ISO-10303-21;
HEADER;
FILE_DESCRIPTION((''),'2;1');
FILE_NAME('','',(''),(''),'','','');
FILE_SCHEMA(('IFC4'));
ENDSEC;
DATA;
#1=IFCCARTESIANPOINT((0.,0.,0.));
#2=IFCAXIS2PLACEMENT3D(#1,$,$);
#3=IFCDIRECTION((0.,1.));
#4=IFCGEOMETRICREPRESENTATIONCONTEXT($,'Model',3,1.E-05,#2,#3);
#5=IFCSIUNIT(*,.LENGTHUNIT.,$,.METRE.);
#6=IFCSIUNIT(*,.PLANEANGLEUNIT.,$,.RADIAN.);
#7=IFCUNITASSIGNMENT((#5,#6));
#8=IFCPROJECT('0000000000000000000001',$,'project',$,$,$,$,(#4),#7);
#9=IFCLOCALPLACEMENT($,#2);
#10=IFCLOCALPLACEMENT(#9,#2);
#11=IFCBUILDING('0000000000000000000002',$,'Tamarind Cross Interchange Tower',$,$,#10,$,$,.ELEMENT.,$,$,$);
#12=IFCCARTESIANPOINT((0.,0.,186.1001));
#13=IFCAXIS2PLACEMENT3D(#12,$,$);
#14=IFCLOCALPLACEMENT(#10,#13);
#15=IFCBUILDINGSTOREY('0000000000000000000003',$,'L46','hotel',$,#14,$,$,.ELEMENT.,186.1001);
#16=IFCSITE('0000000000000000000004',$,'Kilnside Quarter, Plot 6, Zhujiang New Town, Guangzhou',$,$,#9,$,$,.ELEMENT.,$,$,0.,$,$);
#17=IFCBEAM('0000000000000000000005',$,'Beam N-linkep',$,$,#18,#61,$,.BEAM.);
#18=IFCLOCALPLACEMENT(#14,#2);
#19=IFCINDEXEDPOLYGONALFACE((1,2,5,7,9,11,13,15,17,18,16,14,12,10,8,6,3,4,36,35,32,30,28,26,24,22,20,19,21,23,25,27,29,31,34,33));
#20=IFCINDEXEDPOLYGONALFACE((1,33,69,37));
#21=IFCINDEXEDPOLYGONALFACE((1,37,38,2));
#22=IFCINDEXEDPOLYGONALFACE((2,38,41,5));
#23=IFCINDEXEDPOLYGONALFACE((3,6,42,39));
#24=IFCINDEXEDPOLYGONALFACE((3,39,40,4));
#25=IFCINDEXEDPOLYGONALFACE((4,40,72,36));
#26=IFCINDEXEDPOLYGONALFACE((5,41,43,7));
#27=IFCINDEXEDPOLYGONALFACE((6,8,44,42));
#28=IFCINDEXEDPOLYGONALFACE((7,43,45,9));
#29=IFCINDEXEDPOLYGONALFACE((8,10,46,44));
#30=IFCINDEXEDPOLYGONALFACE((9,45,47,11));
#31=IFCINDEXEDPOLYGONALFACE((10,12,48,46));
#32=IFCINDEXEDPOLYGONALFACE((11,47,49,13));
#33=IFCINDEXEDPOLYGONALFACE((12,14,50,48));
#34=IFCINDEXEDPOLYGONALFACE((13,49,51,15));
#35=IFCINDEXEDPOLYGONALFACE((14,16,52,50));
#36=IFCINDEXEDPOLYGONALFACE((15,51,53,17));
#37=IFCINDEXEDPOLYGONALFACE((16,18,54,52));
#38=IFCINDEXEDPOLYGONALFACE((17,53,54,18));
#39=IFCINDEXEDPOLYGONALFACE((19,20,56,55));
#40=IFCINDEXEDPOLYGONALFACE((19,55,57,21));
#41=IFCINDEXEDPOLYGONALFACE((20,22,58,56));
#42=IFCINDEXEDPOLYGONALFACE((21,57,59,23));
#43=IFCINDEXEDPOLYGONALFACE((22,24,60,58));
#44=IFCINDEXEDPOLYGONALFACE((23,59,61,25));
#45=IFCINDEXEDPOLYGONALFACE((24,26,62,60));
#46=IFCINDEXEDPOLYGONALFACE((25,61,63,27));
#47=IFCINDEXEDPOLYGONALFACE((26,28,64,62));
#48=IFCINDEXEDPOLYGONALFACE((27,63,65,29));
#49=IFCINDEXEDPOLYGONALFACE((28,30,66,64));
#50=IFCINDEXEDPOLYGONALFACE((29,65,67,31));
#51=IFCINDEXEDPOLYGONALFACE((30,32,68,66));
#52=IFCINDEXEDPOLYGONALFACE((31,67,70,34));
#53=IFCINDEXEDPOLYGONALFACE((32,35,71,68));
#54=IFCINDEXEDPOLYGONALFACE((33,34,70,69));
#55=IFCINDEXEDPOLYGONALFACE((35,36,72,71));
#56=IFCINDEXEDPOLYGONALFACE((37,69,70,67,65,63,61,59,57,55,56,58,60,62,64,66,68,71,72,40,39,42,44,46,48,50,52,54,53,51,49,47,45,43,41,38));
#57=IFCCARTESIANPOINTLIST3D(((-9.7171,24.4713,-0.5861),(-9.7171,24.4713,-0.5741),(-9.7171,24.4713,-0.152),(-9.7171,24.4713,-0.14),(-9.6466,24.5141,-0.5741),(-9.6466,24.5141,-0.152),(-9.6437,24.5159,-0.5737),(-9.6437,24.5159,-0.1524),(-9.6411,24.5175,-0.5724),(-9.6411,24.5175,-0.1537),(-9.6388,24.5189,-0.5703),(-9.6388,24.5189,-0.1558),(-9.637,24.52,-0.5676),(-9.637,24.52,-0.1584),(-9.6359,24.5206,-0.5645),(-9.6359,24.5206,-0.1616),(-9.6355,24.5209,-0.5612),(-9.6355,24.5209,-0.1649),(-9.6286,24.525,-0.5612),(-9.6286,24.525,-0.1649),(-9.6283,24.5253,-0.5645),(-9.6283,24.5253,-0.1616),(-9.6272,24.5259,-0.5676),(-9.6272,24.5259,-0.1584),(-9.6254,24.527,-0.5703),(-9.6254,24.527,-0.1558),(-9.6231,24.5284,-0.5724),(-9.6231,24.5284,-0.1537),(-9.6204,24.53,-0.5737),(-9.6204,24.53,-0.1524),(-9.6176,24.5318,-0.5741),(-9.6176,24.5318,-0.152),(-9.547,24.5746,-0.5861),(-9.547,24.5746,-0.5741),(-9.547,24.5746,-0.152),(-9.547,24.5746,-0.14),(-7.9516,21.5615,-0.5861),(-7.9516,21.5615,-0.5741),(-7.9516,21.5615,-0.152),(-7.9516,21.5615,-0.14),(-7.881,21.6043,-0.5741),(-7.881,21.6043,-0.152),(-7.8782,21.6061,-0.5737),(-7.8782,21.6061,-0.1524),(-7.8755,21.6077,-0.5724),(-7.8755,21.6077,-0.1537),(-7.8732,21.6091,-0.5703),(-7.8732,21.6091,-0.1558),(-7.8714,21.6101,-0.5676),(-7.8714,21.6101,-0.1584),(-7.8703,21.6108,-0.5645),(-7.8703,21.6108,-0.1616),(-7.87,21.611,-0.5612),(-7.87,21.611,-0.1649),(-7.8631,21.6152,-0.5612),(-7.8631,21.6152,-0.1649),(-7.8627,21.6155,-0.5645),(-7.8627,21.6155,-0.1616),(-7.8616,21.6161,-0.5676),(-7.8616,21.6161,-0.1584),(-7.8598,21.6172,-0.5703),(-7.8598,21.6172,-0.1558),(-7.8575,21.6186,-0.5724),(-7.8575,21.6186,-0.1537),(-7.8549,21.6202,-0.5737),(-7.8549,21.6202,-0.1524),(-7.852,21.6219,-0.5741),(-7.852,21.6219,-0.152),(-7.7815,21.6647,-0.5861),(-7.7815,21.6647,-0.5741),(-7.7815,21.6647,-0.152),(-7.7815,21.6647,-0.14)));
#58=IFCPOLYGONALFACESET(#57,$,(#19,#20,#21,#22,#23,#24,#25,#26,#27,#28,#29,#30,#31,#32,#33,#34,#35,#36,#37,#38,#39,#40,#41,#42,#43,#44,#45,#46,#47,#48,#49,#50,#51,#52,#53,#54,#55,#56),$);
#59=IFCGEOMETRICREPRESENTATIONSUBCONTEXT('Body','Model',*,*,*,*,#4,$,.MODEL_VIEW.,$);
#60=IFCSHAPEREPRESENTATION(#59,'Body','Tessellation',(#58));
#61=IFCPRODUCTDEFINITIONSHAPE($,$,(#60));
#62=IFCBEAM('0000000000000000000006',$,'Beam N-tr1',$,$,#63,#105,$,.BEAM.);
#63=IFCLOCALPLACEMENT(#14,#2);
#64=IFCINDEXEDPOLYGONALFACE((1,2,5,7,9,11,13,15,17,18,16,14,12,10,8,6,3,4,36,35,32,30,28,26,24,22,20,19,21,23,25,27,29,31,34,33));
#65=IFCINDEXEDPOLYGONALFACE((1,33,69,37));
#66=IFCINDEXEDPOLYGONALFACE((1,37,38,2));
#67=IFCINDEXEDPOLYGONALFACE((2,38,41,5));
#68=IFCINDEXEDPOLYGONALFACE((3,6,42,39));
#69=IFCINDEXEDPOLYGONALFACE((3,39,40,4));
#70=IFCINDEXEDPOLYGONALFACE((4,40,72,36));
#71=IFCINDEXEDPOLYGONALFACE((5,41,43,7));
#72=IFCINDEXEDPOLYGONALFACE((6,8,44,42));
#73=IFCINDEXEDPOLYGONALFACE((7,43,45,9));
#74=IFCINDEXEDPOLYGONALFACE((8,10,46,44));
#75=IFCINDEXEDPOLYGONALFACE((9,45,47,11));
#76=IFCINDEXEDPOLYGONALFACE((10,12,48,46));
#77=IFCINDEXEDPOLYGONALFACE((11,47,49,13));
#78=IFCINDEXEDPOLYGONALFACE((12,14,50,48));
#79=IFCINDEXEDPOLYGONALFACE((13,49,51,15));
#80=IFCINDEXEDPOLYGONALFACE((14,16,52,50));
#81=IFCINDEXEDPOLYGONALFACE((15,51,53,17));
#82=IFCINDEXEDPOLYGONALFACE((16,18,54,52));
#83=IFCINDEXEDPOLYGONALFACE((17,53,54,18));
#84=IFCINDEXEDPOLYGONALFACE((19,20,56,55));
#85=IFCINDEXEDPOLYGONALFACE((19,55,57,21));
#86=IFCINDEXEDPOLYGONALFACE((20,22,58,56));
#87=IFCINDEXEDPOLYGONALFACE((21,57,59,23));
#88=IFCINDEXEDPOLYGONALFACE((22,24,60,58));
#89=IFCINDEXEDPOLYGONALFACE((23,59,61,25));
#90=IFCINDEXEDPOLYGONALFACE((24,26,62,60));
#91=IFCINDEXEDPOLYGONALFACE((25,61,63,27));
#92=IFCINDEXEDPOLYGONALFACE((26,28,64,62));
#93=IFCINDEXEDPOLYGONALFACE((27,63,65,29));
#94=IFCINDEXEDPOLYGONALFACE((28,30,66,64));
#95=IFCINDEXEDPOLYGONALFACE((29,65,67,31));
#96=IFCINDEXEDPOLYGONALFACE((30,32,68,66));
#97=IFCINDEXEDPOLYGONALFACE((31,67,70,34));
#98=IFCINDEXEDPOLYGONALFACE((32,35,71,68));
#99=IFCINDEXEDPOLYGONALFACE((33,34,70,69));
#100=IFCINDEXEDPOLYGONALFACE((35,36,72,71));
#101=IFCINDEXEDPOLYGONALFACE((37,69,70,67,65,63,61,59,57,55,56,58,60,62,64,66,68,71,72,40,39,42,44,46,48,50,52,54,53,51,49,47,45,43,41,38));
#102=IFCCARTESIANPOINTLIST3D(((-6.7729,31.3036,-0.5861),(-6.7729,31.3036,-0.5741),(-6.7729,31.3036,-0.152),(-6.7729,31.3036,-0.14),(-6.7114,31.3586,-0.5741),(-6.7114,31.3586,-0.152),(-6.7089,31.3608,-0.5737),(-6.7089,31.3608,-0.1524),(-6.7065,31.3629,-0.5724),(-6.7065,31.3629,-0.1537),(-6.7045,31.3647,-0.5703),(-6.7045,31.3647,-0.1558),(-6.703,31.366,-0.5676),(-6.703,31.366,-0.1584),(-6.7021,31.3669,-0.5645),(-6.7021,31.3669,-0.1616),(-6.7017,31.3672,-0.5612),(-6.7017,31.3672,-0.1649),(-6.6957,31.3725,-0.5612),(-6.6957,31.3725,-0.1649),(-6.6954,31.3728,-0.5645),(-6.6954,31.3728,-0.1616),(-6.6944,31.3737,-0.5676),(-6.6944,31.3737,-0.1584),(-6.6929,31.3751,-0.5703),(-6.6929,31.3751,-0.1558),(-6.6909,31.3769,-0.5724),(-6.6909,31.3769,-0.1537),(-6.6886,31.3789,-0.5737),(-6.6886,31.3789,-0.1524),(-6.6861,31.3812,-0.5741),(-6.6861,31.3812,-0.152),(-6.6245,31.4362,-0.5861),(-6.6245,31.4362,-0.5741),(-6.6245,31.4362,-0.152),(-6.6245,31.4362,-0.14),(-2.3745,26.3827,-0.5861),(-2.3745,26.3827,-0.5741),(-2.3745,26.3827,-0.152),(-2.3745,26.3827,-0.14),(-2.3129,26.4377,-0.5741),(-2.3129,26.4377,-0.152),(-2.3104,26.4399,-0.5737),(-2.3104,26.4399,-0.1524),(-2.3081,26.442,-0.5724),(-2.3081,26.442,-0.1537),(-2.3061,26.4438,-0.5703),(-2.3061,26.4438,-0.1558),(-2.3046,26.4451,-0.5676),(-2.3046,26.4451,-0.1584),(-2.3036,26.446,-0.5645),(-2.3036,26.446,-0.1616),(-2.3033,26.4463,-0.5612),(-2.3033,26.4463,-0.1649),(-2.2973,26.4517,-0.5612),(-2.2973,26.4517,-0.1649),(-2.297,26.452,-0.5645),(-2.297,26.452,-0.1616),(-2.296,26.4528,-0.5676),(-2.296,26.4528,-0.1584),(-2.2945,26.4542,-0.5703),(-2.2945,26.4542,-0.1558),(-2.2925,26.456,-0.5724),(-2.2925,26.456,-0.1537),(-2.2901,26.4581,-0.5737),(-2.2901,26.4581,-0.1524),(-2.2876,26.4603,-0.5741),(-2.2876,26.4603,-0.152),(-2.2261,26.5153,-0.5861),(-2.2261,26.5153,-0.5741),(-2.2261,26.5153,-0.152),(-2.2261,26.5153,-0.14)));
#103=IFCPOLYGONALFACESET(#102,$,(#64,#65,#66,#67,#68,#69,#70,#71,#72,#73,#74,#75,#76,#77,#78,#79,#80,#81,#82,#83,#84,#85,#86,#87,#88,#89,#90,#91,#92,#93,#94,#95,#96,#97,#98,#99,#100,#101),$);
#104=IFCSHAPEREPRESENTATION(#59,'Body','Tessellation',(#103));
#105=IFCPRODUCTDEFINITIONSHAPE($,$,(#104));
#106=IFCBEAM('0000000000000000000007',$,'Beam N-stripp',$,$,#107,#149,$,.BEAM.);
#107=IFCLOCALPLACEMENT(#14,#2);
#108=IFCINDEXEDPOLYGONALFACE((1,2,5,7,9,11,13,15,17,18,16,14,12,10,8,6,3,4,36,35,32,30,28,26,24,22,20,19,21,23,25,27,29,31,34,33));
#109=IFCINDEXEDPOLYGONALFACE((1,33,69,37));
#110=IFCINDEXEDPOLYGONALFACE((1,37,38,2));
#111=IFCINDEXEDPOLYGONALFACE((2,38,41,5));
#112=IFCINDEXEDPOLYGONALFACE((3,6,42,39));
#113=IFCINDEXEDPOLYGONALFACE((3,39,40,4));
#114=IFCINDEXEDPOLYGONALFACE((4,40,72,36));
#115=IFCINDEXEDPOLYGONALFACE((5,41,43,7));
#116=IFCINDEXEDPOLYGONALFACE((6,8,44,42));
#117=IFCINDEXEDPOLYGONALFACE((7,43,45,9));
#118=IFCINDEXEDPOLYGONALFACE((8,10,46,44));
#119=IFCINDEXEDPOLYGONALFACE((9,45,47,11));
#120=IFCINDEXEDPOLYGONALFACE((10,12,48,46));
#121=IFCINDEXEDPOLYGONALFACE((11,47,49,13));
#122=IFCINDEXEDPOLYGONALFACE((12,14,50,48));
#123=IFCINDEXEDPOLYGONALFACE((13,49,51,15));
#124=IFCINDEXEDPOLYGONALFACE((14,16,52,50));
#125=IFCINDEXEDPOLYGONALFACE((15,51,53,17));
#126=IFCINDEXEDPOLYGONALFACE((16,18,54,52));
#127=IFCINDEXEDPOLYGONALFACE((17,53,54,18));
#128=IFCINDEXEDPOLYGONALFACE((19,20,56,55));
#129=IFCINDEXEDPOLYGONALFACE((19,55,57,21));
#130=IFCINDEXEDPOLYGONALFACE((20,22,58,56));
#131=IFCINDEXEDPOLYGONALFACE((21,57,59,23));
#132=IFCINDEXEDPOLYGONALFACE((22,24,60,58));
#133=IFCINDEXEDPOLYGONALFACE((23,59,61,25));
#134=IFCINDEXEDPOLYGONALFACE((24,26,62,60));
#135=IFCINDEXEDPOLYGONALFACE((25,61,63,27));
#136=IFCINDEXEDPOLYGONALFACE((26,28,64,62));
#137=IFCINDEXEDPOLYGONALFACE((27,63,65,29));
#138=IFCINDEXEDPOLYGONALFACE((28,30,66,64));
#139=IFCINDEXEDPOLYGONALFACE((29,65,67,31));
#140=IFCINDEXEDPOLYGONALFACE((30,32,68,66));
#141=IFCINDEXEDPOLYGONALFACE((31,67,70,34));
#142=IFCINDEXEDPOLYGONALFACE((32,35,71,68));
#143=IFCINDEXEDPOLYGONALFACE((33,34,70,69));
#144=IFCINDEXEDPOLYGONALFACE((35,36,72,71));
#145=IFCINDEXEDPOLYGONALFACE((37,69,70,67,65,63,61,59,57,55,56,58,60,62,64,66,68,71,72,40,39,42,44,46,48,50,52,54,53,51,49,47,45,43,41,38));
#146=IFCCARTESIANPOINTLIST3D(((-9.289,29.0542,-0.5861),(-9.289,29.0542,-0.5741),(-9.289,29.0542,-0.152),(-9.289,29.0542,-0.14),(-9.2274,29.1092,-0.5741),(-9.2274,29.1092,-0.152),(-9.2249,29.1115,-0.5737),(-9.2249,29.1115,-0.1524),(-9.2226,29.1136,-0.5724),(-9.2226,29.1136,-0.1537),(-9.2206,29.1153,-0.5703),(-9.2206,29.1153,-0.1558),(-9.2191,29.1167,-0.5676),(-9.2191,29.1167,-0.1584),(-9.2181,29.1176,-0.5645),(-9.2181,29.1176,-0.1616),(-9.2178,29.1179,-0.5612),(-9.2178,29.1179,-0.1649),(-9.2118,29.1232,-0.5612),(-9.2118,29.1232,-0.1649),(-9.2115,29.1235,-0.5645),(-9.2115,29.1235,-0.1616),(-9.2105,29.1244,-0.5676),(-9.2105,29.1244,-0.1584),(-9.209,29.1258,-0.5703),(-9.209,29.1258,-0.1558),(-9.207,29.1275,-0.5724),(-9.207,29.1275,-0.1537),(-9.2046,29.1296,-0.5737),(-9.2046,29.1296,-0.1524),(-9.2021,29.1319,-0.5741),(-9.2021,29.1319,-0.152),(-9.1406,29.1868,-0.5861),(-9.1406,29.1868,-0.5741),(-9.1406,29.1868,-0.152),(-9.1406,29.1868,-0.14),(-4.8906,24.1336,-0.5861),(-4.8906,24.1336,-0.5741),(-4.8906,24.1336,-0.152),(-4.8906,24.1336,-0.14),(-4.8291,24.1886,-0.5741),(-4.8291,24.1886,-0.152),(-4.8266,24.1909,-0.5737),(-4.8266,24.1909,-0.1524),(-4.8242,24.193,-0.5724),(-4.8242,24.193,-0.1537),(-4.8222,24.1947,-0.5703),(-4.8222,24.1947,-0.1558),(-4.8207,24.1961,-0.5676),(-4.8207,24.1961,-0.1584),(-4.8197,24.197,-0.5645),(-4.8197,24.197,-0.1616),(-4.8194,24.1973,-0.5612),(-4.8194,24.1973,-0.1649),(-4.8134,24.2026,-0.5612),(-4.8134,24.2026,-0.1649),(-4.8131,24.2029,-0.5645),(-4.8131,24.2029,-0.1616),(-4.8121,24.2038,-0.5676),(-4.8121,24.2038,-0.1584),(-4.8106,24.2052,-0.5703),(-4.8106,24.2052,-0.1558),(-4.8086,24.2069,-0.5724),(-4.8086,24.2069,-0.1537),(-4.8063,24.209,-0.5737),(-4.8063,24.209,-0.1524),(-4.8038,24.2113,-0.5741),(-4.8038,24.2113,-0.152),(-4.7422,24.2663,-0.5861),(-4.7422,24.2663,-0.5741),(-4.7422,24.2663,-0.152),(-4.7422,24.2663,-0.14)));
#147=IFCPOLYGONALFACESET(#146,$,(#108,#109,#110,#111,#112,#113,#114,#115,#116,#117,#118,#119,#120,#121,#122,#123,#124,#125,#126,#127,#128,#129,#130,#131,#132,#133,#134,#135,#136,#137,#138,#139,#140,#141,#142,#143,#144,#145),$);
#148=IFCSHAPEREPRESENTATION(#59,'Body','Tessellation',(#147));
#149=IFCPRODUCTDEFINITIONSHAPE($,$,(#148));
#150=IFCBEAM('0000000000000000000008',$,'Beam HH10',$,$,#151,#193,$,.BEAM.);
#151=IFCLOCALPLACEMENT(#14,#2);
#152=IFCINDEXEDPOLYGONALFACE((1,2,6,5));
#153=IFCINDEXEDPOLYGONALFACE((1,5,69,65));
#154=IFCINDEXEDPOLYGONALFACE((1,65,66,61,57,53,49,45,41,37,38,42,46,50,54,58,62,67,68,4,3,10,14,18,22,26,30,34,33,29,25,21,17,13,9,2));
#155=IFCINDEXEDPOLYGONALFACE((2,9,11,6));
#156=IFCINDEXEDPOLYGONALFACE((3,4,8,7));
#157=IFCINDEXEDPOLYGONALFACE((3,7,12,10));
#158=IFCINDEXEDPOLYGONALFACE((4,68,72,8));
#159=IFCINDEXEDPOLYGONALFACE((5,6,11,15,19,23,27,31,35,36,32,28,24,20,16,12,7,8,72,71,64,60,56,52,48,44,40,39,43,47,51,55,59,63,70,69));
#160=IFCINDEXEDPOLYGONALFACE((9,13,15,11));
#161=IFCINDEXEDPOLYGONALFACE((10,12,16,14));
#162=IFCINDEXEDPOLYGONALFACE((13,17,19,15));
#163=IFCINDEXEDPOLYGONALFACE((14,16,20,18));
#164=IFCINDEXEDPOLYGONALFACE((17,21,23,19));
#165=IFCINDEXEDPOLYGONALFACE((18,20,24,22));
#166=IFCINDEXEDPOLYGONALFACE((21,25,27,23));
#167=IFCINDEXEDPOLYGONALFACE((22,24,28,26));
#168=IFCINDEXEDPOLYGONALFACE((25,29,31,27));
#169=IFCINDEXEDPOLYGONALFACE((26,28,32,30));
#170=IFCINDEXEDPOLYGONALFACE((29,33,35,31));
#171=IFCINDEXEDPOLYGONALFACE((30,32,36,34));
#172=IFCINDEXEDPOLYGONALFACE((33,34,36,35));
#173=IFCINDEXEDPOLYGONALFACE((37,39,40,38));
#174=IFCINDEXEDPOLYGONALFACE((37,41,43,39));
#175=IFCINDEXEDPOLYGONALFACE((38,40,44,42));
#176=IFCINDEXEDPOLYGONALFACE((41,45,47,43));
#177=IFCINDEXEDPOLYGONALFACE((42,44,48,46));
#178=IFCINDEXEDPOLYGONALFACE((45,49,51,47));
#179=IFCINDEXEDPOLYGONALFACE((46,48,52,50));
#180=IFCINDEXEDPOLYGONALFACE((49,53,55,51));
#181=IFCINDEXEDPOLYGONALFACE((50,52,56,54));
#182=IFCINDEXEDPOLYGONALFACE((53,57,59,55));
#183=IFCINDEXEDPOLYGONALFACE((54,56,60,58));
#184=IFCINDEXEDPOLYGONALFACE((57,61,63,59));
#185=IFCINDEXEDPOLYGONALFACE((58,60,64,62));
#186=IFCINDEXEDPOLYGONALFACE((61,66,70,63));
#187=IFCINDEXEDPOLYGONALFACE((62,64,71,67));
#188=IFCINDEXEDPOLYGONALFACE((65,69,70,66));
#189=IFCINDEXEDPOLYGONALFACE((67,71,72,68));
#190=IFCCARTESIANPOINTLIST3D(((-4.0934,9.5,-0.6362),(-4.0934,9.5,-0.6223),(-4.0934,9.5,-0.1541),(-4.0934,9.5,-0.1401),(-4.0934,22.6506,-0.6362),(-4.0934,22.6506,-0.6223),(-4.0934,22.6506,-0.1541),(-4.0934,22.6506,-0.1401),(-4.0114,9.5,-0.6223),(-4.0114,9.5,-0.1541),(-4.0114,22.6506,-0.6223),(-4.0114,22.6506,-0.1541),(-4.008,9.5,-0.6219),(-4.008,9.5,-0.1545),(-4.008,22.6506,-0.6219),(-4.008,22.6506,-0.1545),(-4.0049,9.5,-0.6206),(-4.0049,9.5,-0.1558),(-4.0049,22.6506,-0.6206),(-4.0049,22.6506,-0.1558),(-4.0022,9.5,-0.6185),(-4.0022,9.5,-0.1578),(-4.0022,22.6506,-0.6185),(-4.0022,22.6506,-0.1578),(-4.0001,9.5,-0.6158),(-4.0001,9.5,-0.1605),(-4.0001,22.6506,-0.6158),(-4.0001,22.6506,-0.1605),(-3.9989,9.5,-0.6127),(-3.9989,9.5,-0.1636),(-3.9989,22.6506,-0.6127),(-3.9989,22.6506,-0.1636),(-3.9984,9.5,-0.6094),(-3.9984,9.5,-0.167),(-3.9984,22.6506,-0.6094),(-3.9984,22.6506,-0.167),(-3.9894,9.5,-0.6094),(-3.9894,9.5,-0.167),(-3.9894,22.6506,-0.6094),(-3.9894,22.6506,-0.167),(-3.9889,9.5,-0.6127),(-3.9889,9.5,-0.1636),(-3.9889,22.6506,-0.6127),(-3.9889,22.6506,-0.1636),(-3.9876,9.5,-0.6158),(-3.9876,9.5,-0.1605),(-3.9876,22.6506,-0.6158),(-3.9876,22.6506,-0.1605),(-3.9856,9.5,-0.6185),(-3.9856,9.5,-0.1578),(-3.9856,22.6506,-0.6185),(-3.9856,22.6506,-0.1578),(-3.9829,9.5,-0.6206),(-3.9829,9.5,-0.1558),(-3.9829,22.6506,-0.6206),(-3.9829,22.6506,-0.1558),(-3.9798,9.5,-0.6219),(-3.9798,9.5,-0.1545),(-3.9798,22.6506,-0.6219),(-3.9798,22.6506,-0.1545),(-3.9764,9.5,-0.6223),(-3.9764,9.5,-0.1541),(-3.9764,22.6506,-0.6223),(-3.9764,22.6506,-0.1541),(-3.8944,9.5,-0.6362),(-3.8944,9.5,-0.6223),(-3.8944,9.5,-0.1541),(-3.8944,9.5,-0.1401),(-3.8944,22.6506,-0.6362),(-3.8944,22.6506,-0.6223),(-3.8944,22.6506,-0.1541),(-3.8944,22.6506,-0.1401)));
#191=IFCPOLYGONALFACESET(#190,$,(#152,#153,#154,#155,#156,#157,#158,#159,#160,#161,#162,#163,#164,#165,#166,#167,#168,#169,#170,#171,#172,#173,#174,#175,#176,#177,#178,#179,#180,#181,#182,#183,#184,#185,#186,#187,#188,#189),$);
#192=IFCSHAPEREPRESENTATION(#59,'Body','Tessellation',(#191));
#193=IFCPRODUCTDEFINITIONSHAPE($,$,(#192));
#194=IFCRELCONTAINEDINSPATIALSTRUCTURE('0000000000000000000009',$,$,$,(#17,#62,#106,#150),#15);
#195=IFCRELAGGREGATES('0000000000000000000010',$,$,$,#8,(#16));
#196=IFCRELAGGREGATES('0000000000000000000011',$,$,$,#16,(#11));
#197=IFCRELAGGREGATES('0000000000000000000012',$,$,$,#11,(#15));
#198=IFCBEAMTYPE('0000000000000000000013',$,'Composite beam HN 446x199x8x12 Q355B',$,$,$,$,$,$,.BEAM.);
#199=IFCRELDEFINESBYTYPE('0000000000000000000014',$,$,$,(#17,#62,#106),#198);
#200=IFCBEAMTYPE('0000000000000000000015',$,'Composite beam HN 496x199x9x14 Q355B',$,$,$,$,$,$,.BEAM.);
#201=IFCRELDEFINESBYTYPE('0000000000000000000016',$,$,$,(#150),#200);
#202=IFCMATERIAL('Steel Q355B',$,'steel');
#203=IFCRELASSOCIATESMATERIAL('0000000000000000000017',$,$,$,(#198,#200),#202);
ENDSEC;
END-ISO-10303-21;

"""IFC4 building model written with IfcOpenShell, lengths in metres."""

from ifc_helpers import new_model, si_unit, direction, frame, origin, origin_2d, place, context, subcontext, project, spatial, i_section, extrude, material, material_profile, profile_set, type_object, element, save


model = new_model("IFC4")

# Units and contexts
model_context = context("Model", 3, precision=1e-05, world=origin(), true_north=direction((0.0, 1.0)))
body_context = subcontext(model_context, "Body", "Model", "MODEL_VIEW")
ifc_project = project(units=[si_unit("LENGTHUNIT", "METRE"), si_unit("PLANEANGLEUNIT", "RADIAN")], contexts=[model_context])

# Site, building, storey
site_placement = place(None, origin())
site = spatial("IfcSite", under=ifc_project, at=site_placement, Name="Kilnside Quarter, Plot 6, Zhujiang New Town, Guangzhou", CompositionType="ELEMENT", RefElevation=0.0)
building_placement = place(site_placement, origin())
building = spatial("IfcBuilding", under=site, at=building_placement, Name="Tamarind Cross Interchange Tower", CompositionType="ELEMENT")
storey_placement = place(building_placement, frame((0.0, 0.0, 186.1001)))
storey = spatial("IfcBuildingStorey", under=building, at=storey_placement, Name="L46", Description="hotel", CompositionType="ELEMENT", Elevation=186.1001)

# Beams
ifc_material_1 = material(Name="Steel Q355B", Category="steel")
ifc_material_profile_1 = material_profile(ifc_material_1, i_section(OverallWidth=0.199, OverallDepth=0.446, WebThickness=0.0081, FlangeThickness=0.012, FilletRadius=0.0129, at=origin_2d()), Name="HN 446x199x8x12")
ifc_profile_set_1 = profile_set([ifc_material_profile_1], Name="Steel Q355B")
beam_type_1 = type_object("IfcBeamType", Name="Composite beam HN 446x199x8x12 Q355B", PredefinedType="BEAM", material=ifc_profile_set_1)
beam_1_placement = place(storey_placement, frame((-9.6321, 24.5229, -0.363), z_axis=(0.51874, -0.854932, 0.0), x_axis=(0.854932, 0.51874, 0.0)))
element("IfcBeam", 1, at=beam_1_placement, inside=storey, type_object=beam_type_1, Name="Beam N-linkep", PredefinedType="BEAM", context=body_context, shape_type="SweptSolid", body=[
    extrude(i_section(OverallWidth=0.199, OverallDepth=0.446, WebThickness=0.0081, FlangeThickness=0.012, FilletRadius=0.0129, at=origin_2d()), origin(), (0.0, 0.0, 1.0), 3.4036),
])
beam_2_placement = place(storey_placement, frame((-2.3003, 26.449, -0.363), z_axis=(-0.666418, 0.745578, 0.0), x_axis=(-0.745578, -0.666418, 0.0)))
element("IfcBeam", 2, at=beam_2_placement, inside=storey, type_object=beam_type_1, Name="Beam N-tr1", PredefinedType="BEAM", context=body_context, shape_type="SweptSolid", body=[
    extrude(i_section(OverallWidth=0.199, OverallDepth=0.446, WebThickness=0.0081, FlangeThickness=0.012, FilletRadius=0.0129, at=origin_2d()), origin(), (0.0, 0.0, 1.0), 6.6001),
])
beam_3_placement = place(storey_placement, frame((-4.8164, 24.2, -0.363), z_axis=(-0.666437, 0.745561, 0.0), x_axis=(-0.745561, -0.666437, 0.0)))
element("IfcBeam", 3, at=beam_3_placement, inside=storey, type_object=beam_type_1, Name="Beam N-stripp", PredefinedType="BEAM", context=body_context, shape_type="SweptSolid", body=[
    extrude(i_section(OverallWidth=0.199, OverallDepth=0.446, WebThickness=0.0081, FlangeThickness=0.012, FilletRadius=0.0129, at=origin_2d()), origin(), (0.0, 0.0, 1.0), 6.5999),
])
ifc_material_profile_2 = material_profile(ifc_material_1, i_section(OverallWidth=0.199, OverallDepth=0.4961, WebThickness=0.009, FlangeThickness=0.0139, FilletRadius=0.0129, at=origin_2d()), Name="HN 496x199x9x14")
ifc_profile_set_2 = profile_set([ifc_material_profile_2], Name="Steel Q355B")
beam_type_2 = type_object("IfcBeamType", Name="Composite beam HN 496x199x9x14 Q355B", PredefinedType="BEAM", material=ifc_profile_set_2)
beam_4_placement = place(storey_placement, frame((-3.9939, 22.6506, -0.3882), z_axis=(0.0, -1.0, 0.0), x_axis=(1.0, 0.0, 0.0)))
element("IfcBeam", 4, at=beam_4_placement, inside=storey, type_object=beam_type_2, Name="Beam HH10", PredefinedType="BEAM", context=body_context, shape_type="SweptSolid", body=[
    extrude(i_section(OverallWidth=0.199, OverallDepth=0.4961, WebThickness=0.009, FlangeThickness=0.0139, FilletRadius=0.0129, at=origin_2d()), origin(), (0.0, 0.0, 1.0), 13.1506),
])

save(model, "model.ifc")
